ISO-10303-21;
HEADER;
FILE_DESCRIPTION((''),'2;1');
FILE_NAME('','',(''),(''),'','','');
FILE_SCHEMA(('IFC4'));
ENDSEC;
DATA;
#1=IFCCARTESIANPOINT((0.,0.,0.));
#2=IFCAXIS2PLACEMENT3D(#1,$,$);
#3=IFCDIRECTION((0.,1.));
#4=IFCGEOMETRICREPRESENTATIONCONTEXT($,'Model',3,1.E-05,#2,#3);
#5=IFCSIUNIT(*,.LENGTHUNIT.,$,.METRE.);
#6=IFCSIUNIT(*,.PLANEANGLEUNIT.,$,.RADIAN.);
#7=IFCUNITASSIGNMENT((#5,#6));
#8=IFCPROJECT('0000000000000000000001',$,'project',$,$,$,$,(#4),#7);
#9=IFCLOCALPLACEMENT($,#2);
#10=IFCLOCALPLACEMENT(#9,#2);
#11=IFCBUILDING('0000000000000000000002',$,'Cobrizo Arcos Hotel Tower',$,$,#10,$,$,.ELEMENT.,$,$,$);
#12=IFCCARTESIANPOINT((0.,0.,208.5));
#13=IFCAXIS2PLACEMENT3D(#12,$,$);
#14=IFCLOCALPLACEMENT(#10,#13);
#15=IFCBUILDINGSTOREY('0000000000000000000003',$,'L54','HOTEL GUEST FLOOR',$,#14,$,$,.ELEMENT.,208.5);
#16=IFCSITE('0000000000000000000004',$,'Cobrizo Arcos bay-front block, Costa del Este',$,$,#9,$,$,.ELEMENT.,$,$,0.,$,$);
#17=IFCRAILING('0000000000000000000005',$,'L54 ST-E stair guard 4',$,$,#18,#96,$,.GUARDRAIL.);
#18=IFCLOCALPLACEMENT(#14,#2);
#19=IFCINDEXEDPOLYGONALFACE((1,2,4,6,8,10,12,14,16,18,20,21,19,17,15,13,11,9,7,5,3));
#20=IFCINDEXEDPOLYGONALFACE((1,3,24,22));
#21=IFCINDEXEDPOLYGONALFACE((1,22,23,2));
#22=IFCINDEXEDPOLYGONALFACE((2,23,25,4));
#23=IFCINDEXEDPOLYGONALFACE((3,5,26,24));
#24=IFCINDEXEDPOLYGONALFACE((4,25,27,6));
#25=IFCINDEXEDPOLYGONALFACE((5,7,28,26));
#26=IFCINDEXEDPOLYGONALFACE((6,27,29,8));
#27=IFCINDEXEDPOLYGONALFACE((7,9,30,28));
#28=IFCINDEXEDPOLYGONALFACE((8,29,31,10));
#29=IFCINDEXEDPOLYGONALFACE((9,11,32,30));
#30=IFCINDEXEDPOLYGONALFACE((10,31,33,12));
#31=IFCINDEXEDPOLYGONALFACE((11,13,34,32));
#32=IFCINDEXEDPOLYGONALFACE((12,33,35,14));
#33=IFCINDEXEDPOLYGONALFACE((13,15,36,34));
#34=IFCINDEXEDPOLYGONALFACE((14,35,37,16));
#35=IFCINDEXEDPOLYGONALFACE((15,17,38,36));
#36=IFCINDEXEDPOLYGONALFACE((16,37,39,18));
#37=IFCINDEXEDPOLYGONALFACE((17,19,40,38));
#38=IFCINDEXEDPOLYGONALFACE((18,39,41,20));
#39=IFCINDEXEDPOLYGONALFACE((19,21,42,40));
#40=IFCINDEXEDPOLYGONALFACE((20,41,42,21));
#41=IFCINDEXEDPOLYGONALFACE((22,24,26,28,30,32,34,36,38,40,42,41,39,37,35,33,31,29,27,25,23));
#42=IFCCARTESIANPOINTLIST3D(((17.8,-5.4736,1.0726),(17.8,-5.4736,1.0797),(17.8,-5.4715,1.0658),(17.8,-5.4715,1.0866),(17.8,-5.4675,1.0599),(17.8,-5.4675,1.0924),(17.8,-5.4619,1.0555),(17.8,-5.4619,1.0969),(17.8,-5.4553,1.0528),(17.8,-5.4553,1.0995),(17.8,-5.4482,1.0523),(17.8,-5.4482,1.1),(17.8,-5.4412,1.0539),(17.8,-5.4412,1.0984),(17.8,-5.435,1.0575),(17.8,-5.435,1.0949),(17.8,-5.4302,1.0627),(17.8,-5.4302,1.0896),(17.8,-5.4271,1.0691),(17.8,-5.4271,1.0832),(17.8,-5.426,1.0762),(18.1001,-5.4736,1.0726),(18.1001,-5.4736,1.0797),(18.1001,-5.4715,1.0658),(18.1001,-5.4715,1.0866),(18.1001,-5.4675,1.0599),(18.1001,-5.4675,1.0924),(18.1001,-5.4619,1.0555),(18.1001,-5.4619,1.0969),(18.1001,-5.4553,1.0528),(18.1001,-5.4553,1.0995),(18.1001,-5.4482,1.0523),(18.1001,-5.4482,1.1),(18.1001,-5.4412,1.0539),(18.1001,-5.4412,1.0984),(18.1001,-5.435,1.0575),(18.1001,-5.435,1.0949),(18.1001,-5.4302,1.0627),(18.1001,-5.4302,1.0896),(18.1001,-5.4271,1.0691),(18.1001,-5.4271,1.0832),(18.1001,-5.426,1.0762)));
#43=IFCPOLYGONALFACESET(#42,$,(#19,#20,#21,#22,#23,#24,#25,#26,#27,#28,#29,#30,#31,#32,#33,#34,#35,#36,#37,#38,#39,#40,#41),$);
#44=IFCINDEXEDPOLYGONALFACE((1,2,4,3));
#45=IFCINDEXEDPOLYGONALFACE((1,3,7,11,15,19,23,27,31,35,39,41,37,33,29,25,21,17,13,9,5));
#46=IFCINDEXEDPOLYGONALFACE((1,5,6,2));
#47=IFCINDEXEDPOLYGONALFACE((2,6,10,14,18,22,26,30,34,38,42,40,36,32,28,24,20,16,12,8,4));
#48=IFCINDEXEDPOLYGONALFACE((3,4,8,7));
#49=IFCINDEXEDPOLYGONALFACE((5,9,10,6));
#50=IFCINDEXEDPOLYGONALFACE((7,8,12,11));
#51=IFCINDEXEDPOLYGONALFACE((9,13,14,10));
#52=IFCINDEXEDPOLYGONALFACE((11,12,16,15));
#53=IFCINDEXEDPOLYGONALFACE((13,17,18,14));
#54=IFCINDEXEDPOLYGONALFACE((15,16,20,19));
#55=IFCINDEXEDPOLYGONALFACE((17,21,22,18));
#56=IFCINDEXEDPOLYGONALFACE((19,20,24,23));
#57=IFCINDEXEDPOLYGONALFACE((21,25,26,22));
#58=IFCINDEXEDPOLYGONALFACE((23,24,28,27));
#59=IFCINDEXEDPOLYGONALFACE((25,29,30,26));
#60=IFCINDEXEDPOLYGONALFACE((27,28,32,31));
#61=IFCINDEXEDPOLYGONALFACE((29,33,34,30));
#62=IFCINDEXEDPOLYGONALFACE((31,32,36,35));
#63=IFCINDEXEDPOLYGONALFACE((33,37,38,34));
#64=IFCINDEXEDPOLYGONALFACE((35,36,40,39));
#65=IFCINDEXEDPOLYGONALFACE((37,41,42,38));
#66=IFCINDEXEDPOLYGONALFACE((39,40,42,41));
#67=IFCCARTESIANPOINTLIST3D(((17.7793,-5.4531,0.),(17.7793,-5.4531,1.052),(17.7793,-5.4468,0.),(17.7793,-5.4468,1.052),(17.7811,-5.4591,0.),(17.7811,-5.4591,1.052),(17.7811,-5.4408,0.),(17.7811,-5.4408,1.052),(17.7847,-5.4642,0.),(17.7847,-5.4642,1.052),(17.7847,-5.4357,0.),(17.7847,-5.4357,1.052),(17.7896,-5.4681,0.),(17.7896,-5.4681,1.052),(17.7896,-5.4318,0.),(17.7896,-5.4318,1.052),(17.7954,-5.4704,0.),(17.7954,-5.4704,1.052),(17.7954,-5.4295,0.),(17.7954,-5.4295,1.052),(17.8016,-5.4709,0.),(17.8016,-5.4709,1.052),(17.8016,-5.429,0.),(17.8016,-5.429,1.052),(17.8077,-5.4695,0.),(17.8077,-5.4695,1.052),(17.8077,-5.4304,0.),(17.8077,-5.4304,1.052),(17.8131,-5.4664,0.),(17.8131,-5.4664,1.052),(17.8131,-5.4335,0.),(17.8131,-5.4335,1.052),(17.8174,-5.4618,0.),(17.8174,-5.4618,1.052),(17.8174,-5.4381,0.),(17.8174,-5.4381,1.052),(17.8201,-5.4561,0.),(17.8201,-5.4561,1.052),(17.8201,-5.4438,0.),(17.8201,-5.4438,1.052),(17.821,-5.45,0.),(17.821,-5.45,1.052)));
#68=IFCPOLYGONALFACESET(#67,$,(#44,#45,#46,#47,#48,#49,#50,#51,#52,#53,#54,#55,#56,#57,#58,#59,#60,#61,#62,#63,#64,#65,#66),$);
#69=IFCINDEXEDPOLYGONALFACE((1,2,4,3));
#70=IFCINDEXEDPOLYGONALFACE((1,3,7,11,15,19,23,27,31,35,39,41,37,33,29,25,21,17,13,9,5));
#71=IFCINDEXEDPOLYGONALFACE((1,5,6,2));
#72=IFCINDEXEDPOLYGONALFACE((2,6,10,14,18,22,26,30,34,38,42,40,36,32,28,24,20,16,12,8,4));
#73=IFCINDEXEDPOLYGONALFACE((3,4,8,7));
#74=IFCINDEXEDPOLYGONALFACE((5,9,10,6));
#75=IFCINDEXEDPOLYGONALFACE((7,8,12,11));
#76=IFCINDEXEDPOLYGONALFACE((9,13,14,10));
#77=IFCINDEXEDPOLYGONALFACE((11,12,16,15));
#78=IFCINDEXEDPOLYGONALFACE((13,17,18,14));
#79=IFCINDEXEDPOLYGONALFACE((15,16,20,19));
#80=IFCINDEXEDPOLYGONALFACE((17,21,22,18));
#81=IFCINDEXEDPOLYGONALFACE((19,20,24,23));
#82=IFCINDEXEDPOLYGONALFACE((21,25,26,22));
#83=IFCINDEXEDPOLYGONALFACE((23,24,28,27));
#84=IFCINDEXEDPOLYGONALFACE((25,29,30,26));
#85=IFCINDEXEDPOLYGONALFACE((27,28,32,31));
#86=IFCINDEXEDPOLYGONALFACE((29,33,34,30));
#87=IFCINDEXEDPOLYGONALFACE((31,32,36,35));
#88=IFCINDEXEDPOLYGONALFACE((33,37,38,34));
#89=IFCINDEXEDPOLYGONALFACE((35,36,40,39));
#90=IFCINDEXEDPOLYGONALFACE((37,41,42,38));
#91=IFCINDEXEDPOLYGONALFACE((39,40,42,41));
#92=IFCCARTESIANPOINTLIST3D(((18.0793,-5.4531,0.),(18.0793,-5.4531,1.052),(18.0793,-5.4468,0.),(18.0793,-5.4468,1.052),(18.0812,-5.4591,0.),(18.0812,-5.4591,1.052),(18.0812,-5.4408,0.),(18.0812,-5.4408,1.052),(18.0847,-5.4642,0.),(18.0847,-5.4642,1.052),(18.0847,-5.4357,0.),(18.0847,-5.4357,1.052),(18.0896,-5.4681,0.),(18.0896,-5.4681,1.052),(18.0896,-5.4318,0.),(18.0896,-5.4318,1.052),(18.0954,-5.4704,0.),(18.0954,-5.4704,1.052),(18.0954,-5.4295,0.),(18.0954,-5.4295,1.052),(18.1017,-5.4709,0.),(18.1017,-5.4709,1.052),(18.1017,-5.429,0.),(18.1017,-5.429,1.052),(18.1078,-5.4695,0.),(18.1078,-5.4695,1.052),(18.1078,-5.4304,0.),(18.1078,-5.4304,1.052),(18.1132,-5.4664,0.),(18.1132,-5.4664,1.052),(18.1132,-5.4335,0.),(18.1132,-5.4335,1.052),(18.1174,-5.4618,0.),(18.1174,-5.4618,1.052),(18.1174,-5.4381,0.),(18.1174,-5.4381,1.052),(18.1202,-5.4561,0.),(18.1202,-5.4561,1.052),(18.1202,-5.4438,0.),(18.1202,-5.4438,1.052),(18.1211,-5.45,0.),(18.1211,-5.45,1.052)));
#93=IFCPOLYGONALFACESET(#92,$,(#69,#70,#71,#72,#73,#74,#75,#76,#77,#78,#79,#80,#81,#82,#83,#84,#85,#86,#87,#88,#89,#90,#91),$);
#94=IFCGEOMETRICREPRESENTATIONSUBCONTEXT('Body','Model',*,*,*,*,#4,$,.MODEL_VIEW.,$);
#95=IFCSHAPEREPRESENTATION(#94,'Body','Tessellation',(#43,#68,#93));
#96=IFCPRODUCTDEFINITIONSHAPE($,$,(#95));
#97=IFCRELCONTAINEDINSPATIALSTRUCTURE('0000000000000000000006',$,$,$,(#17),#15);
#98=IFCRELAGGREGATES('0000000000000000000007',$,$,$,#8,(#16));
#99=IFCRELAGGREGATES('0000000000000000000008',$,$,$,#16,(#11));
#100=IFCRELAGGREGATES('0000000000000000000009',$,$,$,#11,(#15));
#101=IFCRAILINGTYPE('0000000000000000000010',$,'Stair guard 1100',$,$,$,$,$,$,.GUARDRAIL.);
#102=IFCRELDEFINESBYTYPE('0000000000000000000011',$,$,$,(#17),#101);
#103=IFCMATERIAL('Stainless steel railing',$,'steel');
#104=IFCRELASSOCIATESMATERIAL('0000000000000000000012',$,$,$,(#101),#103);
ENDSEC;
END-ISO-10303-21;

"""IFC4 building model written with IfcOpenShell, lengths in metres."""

from ifc_helpers import new_model, si_unit, direction, frame, origin, origin_2d, place, context, subcontext, project, spatial, circle, extrude, material, type_object, element, save


model = new_model("IFC4")

# Units and contexts
model_context = context("Model", 3, precision=1e-05, world=origin(), true_north=direction((0.0, 1.0)))
body_context = subcontext(model_context, "Body", "Model", "MODEL_VIEW")
ifc_project = project(units=[si_unit("LENGTHUNIT", "METRE"), si_unit("PLANEANGLEUNIT", "RADIAN")], contexts=[model_context])

# Site, building, storey
site_placement = place(None, origin())
site = spatial("IfcSite", under=ifc_project, at=site_placement, Name="Cobrizo Arcos bay-front block, Costa del Este", CompositionType="ELEMENT", RefElevation=0.0)
building_placement = place(site_placement, origin())
building = spatial("IfcBuilding", under=site, at=building_placement, Name="Cobrizo Arcos Hotel Tower", CompositionType="ELEMENT")
storey_placement = place(building_placement, frame((0.0, 0.0, 208.5)))
storey = spatial("IfcBuildingStorey", under=building, at=storey_placement, Name="L54", Description="HOTEL GUEST FLOOR", CompositionType="ELEMENT", Elevation=208.5)

# Railing
ifc_material_1 = material(Name="Stainless steel railing", Category="steel")
railing_type_1 = type_object("IfcRailingType", Name="Stair guard 1100", PredefinedType="GUARDRAIL", material=ifc_material_1)
railing_1_placement = place(storey_placement, frame((17.8, -5.45, 0.0)))
element("IfcRailing", 1, at=railing_1_placement, inside=storey, type_object=railing_type_1, Name="L54 ST-E stair guard 4", PredefinedType="GUARDRAIL", context=body_context, shape_type="SweptSolid", body=[
    extrude(circle(Radius=0.0239, at=origin_2d()), frame((0.0, 0.0, 1.0762), z_axis=(1.0, 0.0, 0.0), x_axis=(0.0, 1.0, 0.0)), (0.0, 0.0, 1.0), 0.3),
    extrude(circle(Radius=0.021, at=origin_2d()), origin(), (0.0, 0.0, 1.0), 1.052),
    extrude(circle(Radius=0.021, at=origin_2d()), frame((0.3, 0.0, 0.0)), (0.0, 0.0, 1.0), 1.052),
])

save(model, "model.ifc")
